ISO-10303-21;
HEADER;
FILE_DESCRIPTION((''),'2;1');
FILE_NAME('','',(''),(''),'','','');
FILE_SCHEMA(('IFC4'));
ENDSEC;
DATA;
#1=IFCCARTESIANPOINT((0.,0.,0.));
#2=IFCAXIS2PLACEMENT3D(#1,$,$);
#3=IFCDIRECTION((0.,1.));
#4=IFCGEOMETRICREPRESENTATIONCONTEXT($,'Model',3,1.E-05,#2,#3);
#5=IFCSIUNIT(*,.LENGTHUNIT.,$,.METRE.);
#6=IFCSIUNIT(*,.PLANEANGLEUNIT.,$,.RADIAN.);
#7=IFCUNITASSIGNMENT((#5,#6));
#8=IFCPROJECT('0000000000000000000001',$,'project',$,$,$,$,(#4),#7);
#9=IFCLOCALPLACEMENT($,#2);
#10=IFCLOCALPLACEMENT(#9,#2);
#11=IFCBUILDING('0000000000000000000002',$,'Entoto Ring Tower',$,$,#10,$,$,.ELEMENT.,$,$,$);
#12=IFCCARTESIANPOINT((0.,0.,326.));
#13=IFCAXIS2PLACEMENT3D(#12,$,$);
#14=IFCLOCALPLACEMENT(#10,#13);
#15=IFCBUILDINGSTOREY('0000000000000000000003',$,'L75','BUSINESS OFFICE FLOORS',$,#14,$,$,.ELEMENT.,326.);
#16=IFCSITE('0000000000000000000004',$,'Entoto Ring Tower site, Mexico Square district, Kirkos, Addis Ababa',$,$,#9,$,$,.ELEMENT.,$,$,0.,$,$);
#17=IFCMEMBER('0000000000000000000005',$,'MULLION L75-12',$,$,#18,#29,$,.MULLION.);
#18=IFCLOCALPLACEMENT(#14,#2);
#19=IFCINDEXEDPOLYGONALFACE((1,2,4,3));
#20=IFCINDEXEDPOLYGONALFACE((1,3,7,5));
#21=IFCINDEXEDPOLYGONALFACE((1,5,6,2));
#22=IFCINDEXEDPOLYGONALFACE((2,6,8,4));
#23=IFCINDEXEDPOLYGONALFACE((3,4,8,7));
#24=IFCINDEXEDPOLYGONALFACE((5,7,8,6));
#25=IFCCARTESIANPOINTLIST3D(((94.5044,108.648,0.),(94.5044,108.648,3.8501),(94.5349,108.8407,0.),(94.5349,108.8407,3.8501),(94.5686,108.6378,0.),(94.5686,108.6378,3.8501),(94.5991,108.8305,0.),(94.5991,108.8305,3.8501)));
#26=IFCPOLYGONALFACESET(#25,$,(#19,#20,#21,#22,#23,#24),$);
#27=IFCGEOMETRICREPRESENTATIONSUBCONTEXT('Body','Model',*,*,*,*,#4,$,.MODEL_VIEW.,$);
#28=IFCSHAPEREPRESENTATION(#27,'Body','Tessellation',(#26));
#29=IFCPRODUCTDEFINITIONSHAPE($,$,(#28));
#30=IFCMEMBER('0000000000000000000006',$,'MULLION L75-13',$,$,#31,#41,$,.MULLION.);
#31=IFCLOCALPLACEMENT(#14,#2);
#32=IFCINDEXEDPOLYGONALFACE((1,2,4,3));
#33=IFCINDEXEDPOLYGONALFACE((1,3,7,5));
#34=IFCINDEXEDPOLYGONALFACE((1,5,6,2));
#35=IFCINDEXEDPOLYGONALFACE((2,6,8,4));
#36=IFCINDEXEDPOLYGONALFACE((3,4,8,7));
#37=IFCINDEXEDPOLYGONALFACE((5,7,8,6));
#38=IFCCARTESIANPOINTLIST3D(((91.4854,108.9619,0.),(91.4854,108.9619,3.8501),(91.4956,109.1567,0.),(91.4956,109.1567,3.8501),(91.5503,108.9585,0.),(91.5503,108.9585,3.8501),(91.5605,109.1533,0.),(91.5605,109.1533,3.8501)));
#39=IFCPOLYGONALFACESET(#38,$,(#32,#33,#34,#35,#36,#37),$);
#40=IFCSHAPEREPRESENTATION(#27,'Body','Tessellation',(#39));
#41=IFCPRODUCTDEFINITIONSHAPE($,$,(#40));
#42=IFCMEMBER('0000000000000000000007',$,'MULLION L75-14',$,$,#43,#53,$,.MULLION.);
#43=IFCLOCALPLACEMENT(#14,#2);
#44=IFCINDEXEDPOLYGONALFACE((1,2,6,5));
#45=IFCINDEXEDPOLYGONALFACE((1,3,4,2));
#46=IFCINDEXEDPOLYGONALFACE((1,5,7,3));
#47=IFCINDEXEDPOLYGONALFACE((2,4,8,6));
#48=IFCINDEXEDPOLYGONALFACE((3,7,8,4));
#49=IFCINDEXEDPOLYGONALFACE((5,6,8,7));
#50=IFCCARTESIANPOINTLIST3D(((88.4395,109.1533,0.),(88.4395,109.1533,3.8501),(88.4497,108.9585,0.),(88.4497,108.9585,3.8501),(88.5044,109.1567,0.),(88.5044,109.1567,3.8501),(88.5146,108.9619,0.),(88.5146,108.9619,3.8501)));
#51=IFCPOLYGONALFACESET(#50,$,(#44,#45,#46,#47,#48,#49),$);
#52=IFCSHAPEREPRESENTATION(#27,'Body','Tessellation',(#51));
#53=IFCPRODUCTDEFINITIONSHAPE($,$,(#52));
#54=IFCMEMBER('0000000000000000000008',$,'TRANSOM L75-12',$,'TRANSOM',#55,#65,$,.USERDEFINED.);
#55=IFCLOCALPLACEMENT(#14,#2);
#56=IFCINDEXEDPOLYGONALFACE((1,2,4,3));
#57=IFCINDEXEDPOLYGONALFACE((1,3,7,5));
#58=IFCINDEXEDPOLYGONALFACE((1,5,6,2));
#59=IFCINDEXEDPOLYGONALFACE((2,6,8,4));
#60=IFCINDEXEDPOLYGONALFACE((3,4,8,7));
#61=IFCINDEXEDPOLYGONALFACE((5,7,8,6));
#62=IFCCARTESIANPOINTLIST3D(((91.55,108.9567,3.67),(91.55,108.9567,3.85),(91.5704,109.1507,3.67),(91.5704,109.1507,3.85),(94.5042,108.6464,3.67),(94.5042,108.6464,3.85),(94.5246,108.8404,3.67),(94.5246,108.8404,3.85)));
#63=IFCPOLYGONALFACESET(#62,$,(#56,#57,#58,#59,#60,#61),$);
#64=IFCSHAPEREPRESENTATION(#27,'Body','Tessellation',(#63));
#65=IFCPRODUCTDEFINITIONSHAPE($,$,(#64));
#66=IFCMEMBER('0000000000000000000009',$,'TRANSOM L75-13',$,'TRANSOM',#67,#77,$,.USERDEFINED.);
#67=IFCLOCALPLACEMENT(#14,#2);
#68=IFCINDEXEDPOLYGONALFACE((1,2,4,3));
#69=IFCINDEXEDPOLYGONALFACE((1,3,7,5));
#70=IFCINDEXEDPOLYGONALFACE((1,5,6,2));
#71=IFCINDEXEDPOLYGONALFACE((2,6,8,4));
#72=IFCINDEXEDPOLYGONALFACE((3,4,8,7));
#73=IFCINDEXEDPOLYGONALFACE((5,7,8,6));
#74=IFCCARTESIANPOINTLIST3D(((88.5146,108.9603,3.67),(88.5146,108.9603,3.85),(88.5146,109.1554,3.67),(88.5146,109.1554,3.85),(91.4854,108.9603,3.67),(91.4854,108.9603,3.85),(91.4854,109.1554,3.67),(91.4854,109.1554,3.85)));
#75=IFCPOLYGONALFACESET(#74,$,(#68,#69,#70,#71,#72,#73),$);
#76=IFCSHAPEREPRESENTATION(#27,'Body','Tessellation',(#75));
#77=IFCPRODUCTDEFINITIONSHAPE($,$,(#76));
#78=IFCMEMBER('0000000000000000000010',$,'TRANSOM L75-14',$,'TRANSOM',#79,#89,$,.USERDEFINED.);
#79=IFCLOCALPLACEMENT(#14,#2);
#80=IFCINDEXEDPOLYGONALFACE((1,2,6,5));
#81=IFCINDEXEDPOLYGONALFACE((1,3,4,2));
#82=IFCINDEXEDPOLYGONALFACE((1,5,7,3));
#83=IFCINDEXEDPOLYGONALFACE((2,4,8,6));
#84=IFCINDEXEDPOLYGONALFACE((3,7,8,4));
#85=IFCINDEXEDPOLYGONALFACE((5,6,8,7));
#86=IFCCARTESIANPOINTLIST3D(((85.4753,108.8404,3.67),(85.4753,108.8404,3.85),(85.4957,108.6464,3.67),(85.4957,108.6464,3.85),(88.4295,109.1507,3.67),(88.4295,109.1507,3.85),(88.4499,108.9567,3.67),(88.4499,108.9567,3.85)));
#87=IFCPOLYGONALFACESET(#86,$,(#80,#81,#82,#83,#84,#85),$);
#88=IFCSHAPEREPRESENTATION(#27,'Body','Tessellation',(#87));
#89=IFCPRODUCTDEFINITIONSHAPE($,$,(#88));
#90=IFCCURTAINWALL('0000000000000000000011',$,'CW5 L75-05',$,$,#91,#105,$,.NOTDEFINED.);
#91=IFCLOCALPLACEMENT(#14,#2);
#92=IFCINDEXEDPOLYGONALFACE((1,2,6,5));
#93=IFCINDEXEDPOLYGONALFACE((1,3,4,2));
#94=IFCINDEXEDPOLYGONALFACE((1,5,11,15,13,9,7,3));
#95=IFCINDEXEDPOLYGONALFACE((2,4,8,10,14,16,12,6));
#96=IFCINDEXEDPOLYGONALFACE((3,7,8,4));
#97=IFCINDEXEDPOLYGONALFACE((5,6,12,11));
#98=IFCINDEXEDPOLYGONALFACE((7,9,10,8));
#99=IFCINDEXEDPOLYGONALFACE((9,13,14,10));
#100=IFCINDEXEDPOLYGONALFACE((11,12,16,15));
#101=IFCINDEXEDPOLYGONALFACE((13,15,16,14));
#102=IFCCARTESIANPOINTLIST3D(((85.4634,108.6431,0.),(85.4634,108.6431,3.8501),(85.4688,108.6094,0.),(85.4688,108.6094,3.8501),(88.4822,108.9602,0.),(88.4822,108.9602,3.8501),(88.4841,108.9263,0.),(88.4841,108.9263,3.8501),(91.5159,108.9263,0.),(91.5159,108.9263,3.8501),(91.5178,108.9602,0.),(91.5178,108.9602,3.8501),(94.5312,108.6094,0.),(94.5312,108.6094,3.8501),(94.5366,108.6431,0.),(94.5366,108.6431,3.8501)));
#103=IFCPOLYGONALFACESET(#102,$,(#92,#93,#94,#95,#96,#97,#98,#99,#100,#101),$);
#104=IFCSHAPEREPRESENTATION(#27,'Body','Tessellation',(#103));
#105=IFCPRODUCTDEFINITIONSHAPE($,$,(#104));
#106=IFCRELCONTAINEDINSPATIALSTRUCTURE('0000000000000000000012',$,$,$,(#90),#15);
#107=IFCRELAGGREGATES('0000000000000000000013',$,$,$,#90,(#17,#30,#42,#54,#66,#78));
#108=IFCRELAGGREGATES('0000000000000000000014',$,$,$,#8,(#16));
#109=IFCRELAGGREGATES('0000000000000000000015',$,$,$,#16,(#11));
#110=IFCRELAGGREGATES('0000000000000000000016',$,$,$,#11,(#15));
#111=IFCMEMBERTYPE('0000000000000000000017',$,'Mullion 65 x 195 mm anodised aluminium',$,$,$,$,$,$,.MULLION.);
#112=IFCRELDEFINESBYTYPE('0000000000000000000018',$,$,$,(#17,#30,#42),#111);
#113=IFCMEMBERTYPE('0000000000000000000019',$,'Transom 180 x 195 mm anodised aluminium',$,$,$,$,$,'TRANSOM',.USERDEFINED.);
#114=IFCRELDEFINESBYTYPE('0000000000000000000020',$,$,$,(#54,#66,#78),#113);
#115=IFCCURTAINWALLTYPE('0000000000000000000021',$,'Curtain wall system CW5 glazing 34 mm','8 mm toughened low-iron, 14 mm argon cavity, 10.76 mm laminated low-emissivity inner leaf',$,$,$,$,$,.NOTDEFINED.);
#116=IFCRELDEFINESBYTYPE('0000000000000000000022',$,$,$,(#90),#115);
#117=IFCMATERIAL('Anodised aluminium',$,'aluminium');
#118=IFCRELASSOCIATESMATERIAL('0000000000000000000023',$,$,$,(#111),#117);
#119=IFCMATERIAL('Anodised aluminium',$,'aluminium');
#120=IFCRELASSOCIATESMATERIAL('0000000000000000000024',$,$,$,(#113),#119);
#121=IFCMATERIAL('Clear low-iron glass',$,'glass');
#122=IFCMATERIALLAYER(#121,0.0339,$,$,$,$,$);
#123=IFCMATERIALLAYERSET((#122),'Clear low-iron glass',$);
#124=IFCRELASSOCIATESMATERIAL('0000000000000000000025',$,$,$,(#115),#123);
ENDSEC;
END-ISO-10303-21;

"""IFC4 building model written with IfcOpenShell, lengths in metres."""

from ifc_helpers import new_model, si_unit, direction, frame, origin, origin_2d, place, context, subcontext, project, spatial, polyline, rectangle, outline, extrude, material, layer, layer_set, material_profile, profile_set, type_object, element, aggregate, save


model = new_model("IFC4")

# Units and contexts
model_context = context("Model", 3, precision=1e-05, world=origin(), true_north=direction((0.0, 1.0)))
body_context = subcontext(model_context, "Body", "Model", "MODEL_VIEW")
ifc_project = project(units=[si_unit("LENGTHUNIT", "METRE"), si_unit("PLANEANGLEUNIT", "RADIAN")], contexts=[model_context])

# Members
ifc_material_1 = material(Name="Anodised aluminium", Category="aluminium")
ifc_material_profile_1 = material_profile(ifc_material_1, rectangle(XDim=0.0649, YDim=0.1951, at=origin_2d()), Name="Mullion 65 x 195 mm anodised aluminium")
ifc_profile_set_1 = profile_set([ifc_material_profile_1], Name="Anodised aluminium")
member_type_1 = type_object("IfcMemberType", Name="Mullion 65 x 195 mm anodised aluminium", PredefinedType="MULLION", material=ifc_profile_set_1)
site_placement = place(None, origin())
building_placement = place(site_placement, origin())
storey_placement = place(building_placement, frame((0.0, 0.0, 326.0)))
member_1_placement = place(storey_placement, frame((94.5518, 108.7393, 0.0), z_axis=(0.0, 0.0, 1.0), x_axis=(-0.987688, 0.156434, 0.0)))
member_1 = element("IfcMember", 1, at=member_1_placement, type_object=member_type_1, Name="MULLION L75-12", PredefinedType="MULLION", context=body_context, shape_type="SweptSolid", body=[
    extrude(rectangle(XDim=0.0649, YDim=0.1951, at=origin_2d()), origin(), (0.0, 0.0, 1.0), 3.8501),
])
member_2_placement = place(storey_placement, frame((91.5229, 109.0576, 0.0), z_axis=(0.0, 0.0, 1.0), x_axis=(-0.99863, 0.052336, 0.0)))
member_2 = element("IfcMember", 2, at=member_2_placement, type_object=member_type_1, Name="MULLION L75-13", PredefinedType="MULLION", context=body_context, shape_type="SweptSolid", body=[
    extrude(rectangle(XDim=0.0649, YDim=0.1951, at=origin_2d()), origin(), (0.0, 0.0, 1.0), 3.8501),
])
member_3_placement = place(storey_placement, frame((88.4771, 109.0576, 0.0), z_axis=(0.0, 0.0, 1.0), x_axis=(-0.99863, -0.052336, 0.0)))
member_3 = element("IfcMember", 3, at=member_3_placement, type_object=member_type_1, Name="MULLION L75-14", PredefinedType="MULLION", context=body_context, shape_type="SweptSolid", body=[
    extrude(rectangle(XDim=0.0649, YDim=0.1951, at=origin_2d()), origin(), (0.0, 0.0, 1.0), 3.8501),
])
ifc_material_2 = material(Name="Anodised aluminium", Category="aluminium")
ifc_material_profile_2 = material_profile(ifc_material_2, rectangle(XDim=0.1951, YDim=0.1799, at=origin_2d()), Name="Transom 180 x 195 mm anodised aluminium")
ifc_profile_set_2 = profile_set([ifc_material_profile_2], Name="Anodised aluminium")
member_type_2 = type_object("IfcMemberType", Name="Transom 180 x 195 mm anodised aluminium", ElementType="TRANSOM", PredefinedType="USERDEFINED", material=ifc_profile_set_2)
member_4_placement = place(storey_placement, frame((94.5144, 108.7434, 3.76), z_axis=(-0.994528, 0.104467, 0.0), x_axis=(-0.104467, -0.994528, 0.0)))
member_4 = element("IfcMember", 4, at=member_4_placement, type_object=member_type_2, Name="TRANSOM L75-12", ObjectType="TRANSOM", PredefinedType="USERDEFINED", context=body_context, shape_type="SweptSolid", body=[
    extrude(rectangle(XDim=0.1951, YDim=0.1799, at=origin_2d()), origin(), (0.0, 0.0, 1.0), 2.9705),
])
member_5_placement = place(storey_placement, frame((91.4854, 109.0579, 3.76), z_axis=(-1.0, 0.0, 0.0), x_axis=(0.0, -1.0, 0.0)))
member_5 = element("IfcMember", 5, at=member_5_placement, type_object=member_type_2, Name="TRANSOM L75-13", ObjectType="TRANSOM", PredefinedType="USERDEFINED", context=body_context, shape_type="SweptSolid", body=[
    extrude(rectangle(XDim=0.1951, YDim=0.1799, at=origin_2d()), origin(), (0.0, 0.0, 1.0), 2.9707),
])
member_6_placement = place(storey_placement, frame((88.4397, 109.0537, 3.76), z_axis=(-0.994528, -0.104467, 0.0), x_axis=(0.104467, -0.994528, 0.0)))
member_6 = element("IfcMember", 6, at=member_6_placement, type_object=member_type_2, Name="TRANSOM L75-14", ObjectType="TRANSOM", PredefinedType="USERDEFINED", context=body_context, shape_type="SweptSolid", body=[
    extrude(rectangle(XDim=0.1951, YDim=0.1799, at=origin_2d()), origin(), (0.0, 0.0, 1.0), 2.9705),
])

# Site, building, storey
site = spatial("IfcSite", under=ifc_project, at=site_placement, Name="Entoto Ring Tower site, Mexico Square district, Kirkos, Addis Ababa", CompositionType="ELEMENT", RefElevation=0.0)
building = spatial("IfcBuilding", under=site, at=building_placement, Name="Entoto Ring Tower", CompositionType="ELEMENT")
storey = spatial("IfcBuildingStorey", under=building, at=storey_placement, Name="L75", Description="BUSINESS OFFICE FLOORS", CompositionType="ELEMENT", Elevation=326.0)

# Curtain wall
ifc_material_3 = material(Name="Clear low-iron glass", Category="glass")
ifc_layer = layer(ifc_material_3, 0.0339)
ifc_layer_set = layer_set([ifc_layer], Name="Clear low-iron glass")
curtain_wall_type = type_object("IfcCurtainWallType", Name="Curtain wall system CW5 glazing 34 mm", Description="8 mm toughened low-iron, 14 mm argon cavity, 10.76 mm laminated low-emissivity inner leaf", PredefinedType="NOTDEFINED", material=ifc_layer_set)
curtain_wall_1_placement = place(storey_placement, origin())
curtain_wall_1 = element("IfcCurtainWall", 7, at=curtain_wall_1_placement, inside=storey, type_object=curtain_wall_type, Name="CW5 L75-05", PredefinedType="NOTDEFINED", context=body_context, shape_type="SweptSolid", body=[
    extrude(outline(polyline([(94.5366, 108.6431), (91.5178, 108.9602), (88.4822, 108.9602), (85.4634, 108.6431), (85.4688, 108.6094), (88.4841, 108.9263), (91.5159, 108.9263), (94.5312, 108.6094), (94.5366, 108.6431)])), origin(), (0.0, 0.0, 1.0), 3.8501),
])
aggregate(curtain_wall_1, [member_1, member_2, member_3, member_4, member_5, member_6])

save(model, "model.ifc")
